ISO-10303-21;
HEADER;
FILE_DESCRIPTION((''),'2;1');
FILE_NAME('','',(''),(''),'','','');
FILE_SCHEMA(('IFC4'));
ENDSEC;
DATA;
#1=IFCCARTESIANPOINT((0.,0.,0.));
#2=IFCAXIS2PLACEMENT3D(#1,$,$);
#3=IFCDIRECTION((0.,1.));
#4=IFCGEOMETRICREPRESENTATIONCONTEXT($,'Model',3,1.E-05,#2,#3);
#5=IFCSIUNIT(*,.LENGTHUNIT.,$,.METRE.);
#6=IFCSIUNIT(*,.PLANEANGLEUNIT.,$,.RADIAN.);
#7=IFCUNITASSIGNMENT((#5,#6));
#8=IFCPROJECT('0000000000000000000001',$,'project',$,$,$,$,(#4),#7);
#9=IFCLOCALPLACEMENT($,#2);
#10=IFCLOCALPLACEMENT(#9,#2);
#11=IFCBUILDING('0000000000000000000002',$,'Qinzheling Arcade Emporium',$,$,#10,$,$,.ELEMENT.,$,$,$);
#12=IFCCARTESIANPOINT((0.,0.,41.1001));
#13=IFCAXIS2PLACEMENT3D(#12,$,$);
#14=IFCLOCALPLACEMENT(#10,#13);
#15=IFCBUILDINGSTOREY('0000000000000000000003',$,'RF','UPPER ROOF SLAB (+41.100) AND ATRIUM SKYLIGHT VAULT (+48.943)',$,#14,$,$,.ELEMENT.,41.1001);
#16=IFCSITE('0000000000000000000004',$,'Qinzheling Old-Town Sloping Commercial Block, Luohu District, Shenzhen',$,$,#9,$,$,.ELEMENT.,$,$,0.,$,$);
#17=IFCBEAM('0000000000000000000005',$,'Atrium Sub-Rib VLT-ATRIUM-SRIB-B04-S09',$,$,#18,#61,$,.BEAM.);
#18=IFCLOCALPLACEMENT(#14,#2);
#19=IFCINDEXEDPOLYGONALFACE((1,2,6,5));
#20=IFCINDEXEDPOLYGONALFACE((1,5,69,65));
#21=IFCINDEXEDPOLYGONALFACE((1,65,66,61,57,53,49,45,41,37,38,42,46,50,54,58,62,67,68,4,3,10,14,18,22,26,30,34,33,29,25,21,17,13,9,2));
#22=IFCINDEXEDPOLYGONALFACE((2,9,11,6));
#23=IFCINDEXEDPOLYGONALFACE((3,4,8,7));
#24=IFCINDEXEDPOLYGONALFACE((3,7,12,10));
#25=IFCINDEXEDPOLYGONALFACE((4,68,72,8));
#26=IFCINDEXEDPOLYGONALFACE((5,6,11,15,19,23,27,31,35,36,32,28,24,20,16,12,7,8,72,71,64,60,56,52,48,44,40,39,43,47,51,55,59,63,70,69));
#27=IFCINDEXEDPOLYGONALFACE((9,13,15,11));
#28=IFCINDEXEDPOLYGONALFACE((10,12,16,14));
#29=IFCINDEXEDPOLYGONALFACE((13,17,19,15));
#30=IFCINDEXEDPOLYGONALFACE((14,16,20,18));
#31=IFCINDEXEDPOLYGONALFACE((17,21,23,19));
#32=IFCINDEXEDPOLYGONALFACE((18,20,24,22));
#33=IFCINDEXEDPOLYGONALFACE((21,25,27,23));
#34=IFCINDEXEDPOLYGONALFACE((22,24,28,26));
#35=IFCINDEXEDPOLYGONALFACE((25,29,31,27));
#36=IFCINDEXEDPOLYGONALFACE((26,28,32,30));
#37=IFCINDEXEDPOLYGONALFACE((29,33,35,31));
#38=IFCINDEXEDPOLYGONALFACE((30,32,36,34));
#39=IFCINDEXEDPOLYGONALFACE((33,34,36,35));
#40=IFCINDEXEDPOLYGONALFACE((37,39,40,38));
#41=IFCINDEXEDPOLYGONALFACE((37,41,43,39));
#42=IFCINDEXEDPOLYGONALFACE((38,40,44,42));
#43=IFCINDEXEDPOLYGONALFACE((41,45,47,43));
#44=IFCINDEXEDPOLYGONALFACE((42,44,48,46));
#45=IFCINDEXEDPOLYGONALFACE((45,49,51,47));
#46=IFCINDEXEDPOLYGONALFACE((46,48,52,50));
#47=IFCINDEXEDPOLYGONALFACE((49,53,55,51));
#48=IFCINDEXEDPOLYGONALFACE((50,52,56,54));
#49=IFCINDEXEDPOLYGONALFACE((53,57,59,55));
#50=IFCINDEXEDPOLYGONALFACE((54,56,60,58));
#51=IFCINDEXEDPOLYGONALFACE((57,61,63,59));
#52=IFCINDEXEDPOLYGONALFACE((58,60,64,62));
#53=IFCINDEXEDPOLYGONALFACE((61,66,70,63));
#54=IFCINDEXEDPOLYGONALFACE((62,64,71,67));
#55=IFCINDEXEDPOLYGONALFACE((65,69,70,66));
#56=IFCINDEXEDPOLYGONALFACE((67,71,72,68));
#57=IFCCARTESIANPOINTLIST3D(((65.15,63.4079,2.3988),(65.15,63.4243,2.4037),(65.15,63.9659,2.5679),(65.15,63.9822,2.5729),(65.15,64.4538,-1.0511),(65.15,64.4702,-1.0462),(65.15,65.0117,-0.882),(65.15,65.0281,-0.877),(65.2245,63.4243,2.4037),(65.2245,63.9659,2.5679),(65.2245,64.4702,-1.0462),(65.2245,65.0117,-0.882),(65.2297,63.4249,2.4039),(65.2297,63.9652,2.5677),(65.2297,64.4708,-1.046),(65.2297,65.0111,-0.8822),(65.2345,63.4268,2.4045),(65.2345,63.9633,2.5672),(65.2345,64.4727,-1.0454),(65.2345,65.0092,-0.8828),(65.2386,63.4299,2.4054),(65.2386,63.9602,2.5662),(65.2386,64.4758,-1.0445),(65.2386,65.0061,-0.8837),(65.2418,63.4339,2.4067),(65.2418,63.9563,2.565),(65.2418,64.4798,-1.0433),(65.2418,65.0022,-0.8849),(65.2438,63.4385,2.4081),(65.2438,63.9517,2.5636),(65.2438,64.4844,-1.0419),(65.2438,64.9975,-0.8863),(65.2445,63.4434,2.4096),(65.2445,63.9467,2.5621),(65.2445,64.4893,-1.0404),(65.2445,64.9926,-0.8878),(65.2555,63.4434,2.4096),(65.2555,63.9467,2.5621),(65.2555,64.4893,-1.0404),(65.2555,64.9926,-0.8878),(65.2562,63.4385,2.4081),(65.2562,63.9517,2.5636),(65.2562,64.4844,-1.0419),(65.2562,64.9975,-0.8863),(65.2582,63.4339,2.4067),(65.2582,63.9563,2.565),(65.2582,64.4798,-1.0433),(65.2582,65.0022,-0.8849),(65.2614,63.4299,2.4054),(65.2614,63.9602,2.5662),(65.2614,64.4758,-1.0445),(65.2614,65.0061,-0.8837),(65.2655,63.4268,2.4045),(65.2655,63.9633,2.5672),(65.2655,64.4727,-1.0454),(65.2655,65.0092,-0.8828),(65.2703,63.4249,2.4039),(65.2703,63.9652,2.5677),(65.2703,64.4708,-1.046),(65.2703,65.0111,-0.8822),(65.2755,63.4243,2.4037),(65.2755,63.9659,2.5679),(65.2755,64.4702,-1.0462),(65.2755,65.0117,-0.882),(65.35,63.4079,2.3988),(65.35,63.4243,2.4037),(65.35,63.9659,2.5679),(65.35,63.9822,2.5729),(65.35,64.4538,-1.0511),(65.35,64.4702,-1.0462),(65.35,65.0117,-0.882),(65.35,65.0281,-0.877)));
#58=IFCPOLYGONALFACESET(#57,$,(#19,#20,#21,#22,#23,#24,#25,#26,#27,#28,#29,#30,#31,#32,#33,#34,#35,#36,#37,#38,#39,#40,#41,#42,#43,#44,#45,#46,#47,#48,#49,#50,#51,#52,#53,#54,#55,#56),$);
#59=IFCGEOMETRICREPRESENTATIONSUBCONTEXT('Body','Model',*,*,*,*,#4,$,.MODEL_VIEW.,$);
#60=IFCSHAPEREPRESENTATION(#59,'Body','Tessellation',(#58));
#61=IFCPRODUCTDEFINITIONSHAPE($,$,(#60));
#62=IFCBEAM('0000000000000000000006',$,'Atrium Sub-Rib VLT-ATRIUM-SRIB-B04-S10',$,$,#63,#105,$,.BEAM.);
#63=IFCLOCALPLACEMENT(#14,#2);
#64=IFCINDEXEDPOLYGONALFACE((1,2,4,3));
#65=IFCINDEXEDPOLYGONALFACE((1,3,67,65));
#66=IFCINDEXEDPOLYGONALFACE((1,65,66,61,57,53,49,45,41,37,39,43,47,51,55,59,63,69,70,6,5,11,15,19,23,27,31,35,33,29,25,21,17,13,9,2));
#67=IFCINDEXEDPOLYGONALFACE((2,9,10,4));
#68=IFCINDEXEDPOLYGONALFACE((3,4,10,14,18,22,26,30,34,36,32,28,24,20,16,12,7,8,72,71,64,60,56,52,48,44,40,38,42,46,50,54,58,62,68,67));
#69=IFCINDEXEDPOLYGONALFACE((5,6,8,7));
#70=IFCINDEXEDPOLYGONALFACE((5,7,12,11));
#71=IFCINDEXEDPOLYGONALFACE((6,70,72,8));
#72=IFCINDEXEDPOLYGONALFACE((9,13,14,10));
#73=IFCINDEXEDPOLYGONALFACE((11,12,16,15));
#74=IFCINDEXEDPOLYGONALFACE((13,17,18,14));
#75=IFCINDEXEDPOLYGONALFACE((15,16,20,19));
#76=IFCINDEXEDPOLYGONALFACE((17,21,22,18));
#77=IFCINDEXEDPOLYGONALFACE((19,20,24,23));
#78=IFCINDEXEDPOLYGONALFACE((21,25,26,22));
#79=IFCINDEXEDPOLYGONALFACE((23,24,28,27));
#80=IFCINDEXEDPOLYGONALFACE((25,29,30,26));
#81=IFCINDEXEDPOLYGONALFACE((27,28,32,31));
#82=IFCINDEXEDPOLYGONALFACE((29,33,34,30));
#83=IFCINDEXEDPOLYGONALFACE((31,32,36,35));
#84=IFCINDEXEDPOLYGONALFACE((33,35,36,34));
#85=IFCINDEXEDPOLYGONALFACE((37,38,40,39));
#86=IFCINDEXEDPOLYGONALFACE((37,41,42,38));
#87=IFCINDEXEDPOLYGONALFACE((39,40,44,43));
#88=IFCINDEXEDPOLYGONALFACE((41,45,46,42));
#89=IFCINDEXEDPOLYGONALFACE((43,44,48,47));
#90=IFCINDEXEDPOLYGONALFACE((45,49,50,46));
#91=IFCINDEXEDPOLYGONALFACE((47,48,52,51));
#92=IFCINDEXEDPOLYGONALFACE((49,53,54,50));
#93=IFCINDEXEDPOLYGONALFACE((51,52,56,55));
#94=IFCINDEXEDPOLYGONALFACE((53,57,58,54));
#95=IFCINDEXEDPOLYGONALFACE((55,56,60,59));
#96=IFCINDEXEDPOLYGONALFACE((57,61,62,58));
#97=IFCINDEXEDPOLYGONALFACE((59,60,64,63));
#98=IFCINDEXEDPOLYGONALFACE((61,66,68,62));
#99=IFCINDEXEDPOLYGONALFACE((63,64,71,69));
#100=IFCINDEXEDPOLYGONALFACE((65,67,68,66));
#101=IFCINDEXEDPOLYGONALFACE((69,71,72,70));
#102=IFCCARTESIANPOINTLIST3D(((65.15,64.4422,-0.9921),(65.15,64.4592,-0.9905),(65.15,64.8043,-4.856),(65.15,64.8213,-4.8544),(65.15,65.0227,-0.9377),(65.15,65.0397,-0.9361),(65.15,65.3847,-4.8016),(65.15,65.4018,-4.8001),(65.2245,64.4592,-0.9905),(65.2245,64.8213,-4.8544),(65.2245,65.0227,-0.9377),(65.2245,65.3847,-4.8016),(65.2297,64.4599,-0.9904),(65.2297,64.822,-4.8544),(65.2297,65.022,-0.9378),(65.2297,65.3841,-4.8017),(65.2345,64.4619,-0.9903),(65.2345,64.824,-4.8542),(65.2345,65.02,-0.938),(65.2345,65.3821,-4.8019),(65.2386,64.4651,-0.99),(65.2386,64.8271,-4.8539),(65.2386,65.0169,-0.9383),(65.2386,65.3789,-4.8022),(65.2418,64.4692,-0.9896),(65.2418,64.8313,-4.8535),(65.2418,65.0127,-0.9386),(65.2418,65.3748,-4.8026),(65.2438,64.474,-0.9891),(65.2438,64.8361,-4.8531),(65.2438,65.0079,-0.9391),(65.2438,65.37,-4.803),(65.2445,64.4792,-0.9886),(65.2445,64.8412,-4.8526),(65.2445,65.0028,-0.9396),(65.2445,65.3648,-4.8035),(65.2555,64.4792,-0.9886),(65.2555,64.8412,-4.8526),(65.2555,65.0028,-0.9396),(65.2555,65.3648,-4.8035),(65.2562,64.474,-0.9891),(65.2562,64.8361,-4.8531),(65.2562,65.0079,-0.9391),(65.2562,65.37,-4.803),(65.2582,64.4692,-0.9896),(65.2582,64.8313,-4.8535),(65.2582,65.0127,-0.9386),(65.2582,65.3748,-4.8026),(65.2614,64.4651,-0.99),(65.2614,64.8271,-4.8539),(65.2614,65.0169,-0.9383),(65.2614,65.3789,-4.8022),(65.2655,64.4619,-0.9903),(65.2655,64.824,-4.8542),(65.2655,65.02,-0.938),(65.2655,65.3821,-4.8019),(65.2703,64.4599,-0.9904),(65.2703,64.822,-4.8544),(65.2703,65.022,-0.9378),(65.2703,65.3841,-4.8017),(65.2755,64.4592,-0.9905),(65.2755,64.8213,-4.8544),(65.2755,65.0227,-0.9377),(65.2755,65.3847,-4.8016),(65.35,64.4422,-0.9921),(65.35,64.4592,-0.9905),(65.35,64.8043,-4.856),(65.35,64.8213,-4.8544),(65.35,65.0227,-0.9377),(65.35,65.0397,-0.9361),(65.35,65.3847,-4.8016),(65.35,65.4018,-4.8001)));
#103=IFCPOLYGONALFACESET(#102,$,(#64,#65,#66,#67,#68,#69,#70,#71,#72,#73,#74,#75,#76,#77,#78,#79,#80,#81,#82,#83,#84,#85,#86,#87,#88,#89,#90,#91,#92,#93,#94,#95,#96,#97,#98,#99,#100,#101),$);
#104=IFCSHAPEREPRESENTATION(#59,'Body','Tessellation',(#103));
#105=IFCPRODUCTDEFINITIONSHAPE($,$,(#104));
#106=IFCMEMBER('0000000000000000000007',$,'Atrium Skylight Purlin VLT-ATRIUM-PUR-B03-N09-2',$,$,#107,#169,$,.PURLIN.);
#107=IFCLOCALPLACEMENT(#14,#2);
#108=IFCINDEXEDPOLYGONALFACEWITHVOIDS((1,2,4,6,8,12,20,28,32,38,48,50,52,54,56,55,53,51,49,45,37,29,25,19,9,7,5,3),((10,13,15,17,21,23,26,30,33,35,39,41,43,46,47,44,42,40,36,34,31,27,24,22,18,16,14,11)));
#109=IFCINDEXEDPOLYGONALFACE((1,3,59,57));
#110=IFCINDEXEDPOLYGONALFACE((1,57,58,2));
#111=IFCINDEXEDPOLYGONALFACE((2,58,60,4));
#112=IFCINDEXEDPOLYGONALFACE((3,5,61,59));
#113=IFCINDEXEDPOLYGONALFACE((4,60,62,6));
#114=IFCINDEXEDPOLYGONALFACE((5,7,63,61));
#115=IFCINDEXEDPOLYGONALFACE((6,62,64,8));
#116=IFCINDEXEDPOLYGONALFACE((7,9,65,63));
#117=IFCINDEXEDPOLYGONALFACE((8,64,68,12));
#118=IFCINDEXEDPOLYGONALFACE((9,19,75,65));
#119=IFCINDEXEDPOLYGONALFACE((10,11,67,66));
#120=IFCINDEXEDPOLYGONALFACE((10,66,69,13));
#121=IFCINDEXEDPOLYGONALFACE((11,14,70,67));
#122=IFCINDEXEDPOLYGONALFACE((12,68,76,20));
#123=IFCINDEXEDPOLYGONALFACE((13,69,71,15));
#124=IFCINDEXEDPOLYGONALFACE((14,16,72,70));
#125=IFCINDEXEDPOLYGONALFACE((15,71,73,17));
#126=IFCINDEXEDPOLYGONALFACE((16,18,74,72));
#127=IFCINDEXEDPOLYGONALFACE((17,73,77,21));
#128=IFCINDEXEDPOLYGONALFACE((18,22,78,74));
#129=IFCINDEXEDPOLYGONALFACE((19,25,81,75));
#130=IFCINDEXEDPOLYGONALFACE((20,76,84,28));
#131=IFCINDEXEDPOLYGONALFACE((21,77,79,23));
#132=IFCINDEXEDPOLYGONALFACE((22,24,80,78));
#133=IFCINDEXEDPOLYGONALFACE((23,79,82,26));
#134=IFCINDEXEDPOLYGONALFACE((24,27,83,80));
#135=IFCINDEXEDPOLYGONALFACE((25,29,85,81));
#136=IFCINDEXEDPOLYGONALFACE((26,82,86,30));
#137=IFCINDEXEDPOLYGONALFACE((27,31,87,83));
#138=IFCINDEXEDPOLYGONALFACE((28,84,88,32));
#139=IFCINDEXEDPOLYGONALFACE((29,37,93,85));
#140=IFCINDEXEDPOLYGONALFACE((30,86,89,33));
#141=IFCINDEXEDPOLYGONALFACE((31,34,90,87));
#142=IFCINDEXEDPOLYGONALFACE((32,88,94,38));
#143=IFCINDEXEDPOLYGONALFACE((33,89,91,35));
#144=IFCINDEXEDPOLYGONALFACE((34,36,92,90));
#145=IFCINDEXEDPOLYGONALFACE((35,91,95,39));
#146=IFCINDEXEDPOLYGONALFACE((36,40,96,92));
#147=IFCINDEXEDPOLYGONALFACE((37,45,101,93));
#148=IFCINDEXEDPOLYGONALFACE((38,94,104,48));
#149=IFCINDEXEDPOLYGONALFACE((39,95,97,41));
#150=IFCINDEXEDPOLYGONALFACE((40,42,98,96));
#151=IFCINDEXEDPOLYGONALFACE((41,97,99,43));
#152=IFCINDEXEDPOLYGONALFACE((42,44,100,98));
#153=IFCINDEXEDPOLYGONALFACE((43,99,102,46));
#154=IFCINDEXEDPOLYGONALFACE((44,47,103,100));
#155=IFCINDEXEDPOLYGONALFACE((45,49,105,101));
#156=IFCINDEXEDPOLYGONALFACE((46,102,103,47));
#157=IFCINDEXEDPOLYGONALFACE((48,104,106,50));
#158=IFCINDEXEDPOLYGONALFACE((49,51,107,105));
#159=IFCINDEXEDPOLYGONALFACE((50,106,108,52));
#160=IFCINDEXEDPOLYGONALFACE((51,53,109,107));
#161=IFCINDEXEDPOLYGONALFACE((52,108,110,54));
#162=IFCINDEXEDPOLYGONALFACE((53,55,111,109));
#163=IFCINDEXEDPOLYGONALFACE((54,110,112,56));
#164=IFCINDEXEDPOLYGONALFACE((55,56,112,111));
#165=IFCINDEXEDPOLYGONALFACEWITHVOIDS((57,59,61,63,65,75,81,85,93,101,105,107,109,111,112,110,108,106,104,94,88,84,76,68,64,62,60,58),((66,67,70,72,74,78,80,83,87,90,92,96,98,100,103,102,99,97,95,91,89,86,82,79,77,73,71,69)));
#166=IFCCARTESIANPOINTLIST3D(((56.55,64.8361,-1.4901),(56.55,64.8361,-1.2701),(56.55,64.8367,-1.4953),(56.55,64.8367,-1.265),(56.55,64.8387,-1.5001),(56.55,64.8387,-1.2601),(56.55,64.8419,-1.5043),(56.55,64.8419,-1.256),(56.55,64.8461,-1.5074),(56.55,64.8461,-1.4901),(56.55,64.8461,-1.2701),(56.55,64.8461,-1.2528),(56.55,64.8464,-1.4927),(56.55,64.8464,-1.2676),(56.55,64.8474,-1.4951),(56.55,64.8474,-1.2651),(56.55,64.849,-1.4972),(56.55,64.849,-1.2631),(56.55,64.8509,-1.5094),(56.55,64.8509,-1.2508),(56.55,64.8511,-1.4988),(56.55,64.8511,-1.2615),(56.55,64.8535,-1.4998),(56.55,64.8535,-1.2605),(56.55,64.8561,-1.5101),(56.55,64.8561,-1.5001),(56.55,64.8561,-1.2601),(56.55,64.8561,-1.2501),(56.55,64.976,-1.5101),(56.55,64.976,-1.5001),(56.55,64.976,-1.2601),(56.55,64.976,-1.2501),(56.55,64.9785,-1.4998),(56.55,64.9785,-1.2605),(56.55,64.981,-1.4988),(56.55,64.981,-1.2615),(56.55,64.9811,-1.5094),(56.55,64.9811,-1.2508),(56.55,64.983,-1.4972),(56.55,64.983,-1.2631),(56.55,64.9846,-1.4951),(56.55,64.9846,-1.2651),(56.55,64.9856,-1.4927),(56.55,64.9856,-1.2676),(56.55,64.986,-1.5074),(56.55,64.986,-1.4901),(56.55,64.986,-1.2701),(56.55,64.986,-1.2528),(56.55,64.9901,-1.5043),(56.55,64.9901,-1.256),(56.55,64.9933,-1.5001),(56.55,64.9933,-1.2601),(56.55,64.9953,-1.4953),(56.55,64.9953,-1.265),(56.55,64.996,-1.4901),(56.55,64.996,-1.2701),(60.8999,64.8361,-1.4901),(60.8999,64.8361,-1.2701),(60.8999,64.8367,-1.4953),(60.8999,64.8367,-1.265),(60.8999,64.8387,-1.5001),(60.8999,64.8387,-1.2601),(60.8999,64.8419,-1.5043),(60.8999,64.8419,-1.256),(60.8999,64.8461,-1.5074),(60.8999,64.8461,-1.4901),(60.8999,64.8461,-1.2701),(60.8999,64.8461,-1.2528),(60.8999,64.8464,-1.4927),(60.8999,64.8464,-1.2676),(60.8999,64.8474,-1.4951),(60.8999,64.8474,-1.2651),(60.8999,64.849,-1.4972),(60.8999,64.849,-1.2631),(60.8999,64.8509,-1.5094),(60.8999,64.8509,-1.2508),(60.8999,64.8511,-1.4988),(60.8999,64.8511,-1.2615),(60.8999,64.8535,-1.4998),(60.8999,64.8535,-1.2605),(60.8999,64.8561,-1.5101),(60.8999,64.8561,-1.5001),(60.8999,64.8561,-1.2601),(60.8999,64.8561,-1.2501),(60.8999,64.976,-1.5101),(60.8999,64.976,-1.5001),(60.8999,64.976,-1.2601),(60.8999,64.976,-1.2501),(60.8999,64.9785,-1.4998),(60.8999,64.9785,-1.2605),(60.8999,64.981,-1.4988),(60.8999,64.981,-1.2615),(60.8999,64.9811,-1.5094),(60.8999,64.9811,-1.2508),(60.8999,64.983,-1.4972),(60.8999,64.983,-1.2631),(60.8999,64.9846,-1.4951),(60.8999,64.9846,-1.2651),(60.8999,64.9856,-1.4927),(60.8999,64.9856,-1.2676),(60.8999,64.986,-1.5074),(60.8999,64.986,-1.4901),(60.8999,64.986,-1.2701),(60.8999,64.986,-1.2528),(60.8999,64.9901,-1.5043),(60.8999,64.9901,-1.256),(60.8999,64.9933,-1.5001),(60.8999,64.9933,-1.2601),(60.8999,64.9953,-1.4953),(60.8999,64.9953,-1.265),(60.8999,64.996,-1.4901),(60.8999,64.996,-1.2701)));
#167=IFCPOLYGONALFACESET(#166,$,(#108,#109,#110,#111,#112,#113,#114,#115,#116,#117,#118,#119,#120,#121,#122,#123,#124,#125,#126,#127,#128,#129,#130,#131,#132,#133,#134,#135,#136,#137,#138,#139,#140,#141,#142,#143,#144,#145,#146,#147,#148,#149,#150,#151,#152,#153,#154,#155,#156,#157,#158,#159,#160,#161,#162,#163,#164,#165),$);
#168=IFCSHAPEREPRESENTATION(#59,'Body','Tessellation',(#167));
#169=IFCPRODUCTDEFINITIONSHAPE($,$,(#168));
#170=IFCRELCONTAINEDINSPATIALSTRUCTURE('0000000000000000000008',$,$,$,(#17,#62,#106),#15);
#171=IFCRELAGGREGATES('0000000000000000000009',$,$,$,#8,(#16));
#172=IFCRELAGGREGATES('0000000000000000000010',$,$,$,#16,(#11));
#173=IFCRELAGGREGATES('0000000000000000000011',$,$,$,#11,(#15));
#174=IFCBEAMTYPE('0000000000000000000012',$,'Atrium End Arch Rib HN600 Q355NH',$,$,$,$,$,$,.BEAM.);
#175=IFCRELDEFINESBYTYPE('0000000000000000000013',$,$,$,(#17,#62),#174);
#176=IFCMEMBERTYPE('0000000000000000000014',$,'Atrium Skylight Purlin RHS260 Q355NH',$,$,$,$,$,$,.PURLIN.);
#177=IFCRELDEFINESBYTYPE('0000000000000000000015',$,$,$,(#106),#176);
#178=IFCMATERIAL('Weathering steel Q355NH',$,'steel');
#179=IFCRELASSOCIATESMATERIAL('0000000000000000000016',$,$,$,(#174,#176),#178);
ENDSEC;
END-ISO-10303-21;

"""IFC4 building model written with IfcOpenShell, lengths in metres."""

from ifc_helpers import new_model, si_unit, direction, frame, origin, origin_2d, place, context, subcontext, project, spatial, hollow_rectangle, i_section, extrude, material, material_profile, profile_set, type_object, element, save


model = new_model("IFC4")

# Units and contexts
model_context = context("Model", 3, precision=1e-05, world=origin(), true_north=direction((0.0, 1.0)))
body_context = subcontext(model_context, "Body", "Model", "MODEL_VIEW")
ifc_project = project(units=[si_unit("LENGTHUNIT", "METRE"), si_unit("PLANEANGLEUNIT", "RADIAN")], contexts=[model_context])

# Site, building, storey
site_placement = place(None, origin())
site = spatial("IfcSite", under=ifc_project, at=site_placement, Name="Qinzheling Old-Town Sloping Commercial Block, Luohu District, Shenzhen", CompositionType="ELEMENT", RefElevation=0.0)
building_placement = place(site_placement, origin())
building = spatial("IfcBuilding", under=site, at=building_placement, Name="Qinzheling Arcade Emporium", CompositionType="ELEMENT")
storey_placement = place(building_placement, frame((0.0, 0.0, 41.1001)))
storey = spatial("IfcBuildingStorey", under=building, at=storey_placement, Name="RF", Description="UPPER ROOF SLAB (+41.100) AND ATRIUM SKYLIGHT VAULT (+48.943)", CompositionType="ELEMENT", Elevation=41.1001)

# Beams
ifc_material_1 = material(Name="Weathering steel Q355NH", Category="steel")
ifc_material_profile_1 = material_profile(ifc_material_1, i_section(OverallWidth=0.2, OverallDepth=0.6001, WebThickness=0.011, FlangeThickness=0.0171, FilletRadius=0.02, at=origin_2d()), Name="HN 600x200x11x17", Category="steel")
ifc_profile_set_1 = profile_set([ifc_material_profile_1], Name="Weathering steel Q355NH")
beam_type_1 = type_object("IfcBeamType", Name="Atrium End Arch Rib HN600 Q355NH", PredefinedType="BEAM", material=ifc_profile_set_1)
beam_1_placement = place(storey_placement, frame((65.25, 63.6951, 2.4858), z_axis=(0.0, 0.290124, -0.956989), x_axis=(-1.0, 0.0, 0.0)))
element("IfcBeam", 1, at=beam_1_placement, inside=storey, type_object=beam_type_1, Name="Atrium Sub-Rib VLT-ATRIUM-SRIB-B04-S09", PredefinedType="BEAM", context=body_context, shape_type="SweptSolid", body=[
    extrude(i_section(OverallWidth=0.2, OverallDepth=0.6001, WebThickness=0.011, FlangeThickness=0.0171, FilletRadius=0.02, at=origin_2d()), origin(), (0.0, 0.0, 1.0), 3.605),
])
beam_2_placement = place(storey_placement, frame((65.25, 64.741, -0.9641), z_axis=(0.0, 0.093292, -0.995639), x_axis=(-1.0, 0.0, 0.0)))
element("IfcBeam", 2, at=beam_2_placement, inside=storey, type_object=beam_type_1, Name="Atrium Sub-Rib VLT-ATRIUM-SRIB-B04-S10", PredefinedType="BEAM", context=body_context, shape_type="SweptSolid", body=[
    extrude(i_section(OverallWidth=0.2, OverallDepth=0.6001, WebThickness=0.011, FlangeThickness=0.0171, FilletRadius=0.02, at=origin_2d()), origin(), (0.0, 0.0, 1.0), 3.8809),
])

# Member
ifc_material_profile_2 = material_profile(ifc_material_1, hollow_rectangle(XDim=0.1599, YDim=0.26, WallThickness=0.01, InnerFilletRadius=0.01, OuterFilletRadius=0.02, at=origin_2d()), Name="RHS 260x160x10", Category="steel")
ifc_profile_set_2 = profile_set([ifc_material_profile_2], Name="Weathering steel Q355NH")
member_type_1 = type_object("IfcMemberType", Name="Atrium Skylight Purlin RHS260 Q355NH", PredefinedType="PURLIN", material=ifc_profile_set_2)
member_1_placement = place(storey_placement, frame((56.55, 64.916, -1.3801), z_axis=(1.0, 0.0, 0.0), x_axis=(0.0, 1.0, 0.0)))
element("IfcMember", 3, at=member_1_placement, inside=storey, type_object=member_type_1, Name="Atrium Skylight Purlin VLT-ATRIUM-PUR-B03-N09-2", PredefinedType="PURLIN", context=body_context, shape_type="SweptSolid", body=[
    extrude(hollow_rectangle(XDim=0.1599, YDim=0.26, WallThickness=0.01, InnerFilletRadius=0.01, OuterFilletRadius=0.02, at=origin_2d()), origin(), (0.0, 0.0, 1.0), 4.3499),
])

save(model, "model.ifc")
